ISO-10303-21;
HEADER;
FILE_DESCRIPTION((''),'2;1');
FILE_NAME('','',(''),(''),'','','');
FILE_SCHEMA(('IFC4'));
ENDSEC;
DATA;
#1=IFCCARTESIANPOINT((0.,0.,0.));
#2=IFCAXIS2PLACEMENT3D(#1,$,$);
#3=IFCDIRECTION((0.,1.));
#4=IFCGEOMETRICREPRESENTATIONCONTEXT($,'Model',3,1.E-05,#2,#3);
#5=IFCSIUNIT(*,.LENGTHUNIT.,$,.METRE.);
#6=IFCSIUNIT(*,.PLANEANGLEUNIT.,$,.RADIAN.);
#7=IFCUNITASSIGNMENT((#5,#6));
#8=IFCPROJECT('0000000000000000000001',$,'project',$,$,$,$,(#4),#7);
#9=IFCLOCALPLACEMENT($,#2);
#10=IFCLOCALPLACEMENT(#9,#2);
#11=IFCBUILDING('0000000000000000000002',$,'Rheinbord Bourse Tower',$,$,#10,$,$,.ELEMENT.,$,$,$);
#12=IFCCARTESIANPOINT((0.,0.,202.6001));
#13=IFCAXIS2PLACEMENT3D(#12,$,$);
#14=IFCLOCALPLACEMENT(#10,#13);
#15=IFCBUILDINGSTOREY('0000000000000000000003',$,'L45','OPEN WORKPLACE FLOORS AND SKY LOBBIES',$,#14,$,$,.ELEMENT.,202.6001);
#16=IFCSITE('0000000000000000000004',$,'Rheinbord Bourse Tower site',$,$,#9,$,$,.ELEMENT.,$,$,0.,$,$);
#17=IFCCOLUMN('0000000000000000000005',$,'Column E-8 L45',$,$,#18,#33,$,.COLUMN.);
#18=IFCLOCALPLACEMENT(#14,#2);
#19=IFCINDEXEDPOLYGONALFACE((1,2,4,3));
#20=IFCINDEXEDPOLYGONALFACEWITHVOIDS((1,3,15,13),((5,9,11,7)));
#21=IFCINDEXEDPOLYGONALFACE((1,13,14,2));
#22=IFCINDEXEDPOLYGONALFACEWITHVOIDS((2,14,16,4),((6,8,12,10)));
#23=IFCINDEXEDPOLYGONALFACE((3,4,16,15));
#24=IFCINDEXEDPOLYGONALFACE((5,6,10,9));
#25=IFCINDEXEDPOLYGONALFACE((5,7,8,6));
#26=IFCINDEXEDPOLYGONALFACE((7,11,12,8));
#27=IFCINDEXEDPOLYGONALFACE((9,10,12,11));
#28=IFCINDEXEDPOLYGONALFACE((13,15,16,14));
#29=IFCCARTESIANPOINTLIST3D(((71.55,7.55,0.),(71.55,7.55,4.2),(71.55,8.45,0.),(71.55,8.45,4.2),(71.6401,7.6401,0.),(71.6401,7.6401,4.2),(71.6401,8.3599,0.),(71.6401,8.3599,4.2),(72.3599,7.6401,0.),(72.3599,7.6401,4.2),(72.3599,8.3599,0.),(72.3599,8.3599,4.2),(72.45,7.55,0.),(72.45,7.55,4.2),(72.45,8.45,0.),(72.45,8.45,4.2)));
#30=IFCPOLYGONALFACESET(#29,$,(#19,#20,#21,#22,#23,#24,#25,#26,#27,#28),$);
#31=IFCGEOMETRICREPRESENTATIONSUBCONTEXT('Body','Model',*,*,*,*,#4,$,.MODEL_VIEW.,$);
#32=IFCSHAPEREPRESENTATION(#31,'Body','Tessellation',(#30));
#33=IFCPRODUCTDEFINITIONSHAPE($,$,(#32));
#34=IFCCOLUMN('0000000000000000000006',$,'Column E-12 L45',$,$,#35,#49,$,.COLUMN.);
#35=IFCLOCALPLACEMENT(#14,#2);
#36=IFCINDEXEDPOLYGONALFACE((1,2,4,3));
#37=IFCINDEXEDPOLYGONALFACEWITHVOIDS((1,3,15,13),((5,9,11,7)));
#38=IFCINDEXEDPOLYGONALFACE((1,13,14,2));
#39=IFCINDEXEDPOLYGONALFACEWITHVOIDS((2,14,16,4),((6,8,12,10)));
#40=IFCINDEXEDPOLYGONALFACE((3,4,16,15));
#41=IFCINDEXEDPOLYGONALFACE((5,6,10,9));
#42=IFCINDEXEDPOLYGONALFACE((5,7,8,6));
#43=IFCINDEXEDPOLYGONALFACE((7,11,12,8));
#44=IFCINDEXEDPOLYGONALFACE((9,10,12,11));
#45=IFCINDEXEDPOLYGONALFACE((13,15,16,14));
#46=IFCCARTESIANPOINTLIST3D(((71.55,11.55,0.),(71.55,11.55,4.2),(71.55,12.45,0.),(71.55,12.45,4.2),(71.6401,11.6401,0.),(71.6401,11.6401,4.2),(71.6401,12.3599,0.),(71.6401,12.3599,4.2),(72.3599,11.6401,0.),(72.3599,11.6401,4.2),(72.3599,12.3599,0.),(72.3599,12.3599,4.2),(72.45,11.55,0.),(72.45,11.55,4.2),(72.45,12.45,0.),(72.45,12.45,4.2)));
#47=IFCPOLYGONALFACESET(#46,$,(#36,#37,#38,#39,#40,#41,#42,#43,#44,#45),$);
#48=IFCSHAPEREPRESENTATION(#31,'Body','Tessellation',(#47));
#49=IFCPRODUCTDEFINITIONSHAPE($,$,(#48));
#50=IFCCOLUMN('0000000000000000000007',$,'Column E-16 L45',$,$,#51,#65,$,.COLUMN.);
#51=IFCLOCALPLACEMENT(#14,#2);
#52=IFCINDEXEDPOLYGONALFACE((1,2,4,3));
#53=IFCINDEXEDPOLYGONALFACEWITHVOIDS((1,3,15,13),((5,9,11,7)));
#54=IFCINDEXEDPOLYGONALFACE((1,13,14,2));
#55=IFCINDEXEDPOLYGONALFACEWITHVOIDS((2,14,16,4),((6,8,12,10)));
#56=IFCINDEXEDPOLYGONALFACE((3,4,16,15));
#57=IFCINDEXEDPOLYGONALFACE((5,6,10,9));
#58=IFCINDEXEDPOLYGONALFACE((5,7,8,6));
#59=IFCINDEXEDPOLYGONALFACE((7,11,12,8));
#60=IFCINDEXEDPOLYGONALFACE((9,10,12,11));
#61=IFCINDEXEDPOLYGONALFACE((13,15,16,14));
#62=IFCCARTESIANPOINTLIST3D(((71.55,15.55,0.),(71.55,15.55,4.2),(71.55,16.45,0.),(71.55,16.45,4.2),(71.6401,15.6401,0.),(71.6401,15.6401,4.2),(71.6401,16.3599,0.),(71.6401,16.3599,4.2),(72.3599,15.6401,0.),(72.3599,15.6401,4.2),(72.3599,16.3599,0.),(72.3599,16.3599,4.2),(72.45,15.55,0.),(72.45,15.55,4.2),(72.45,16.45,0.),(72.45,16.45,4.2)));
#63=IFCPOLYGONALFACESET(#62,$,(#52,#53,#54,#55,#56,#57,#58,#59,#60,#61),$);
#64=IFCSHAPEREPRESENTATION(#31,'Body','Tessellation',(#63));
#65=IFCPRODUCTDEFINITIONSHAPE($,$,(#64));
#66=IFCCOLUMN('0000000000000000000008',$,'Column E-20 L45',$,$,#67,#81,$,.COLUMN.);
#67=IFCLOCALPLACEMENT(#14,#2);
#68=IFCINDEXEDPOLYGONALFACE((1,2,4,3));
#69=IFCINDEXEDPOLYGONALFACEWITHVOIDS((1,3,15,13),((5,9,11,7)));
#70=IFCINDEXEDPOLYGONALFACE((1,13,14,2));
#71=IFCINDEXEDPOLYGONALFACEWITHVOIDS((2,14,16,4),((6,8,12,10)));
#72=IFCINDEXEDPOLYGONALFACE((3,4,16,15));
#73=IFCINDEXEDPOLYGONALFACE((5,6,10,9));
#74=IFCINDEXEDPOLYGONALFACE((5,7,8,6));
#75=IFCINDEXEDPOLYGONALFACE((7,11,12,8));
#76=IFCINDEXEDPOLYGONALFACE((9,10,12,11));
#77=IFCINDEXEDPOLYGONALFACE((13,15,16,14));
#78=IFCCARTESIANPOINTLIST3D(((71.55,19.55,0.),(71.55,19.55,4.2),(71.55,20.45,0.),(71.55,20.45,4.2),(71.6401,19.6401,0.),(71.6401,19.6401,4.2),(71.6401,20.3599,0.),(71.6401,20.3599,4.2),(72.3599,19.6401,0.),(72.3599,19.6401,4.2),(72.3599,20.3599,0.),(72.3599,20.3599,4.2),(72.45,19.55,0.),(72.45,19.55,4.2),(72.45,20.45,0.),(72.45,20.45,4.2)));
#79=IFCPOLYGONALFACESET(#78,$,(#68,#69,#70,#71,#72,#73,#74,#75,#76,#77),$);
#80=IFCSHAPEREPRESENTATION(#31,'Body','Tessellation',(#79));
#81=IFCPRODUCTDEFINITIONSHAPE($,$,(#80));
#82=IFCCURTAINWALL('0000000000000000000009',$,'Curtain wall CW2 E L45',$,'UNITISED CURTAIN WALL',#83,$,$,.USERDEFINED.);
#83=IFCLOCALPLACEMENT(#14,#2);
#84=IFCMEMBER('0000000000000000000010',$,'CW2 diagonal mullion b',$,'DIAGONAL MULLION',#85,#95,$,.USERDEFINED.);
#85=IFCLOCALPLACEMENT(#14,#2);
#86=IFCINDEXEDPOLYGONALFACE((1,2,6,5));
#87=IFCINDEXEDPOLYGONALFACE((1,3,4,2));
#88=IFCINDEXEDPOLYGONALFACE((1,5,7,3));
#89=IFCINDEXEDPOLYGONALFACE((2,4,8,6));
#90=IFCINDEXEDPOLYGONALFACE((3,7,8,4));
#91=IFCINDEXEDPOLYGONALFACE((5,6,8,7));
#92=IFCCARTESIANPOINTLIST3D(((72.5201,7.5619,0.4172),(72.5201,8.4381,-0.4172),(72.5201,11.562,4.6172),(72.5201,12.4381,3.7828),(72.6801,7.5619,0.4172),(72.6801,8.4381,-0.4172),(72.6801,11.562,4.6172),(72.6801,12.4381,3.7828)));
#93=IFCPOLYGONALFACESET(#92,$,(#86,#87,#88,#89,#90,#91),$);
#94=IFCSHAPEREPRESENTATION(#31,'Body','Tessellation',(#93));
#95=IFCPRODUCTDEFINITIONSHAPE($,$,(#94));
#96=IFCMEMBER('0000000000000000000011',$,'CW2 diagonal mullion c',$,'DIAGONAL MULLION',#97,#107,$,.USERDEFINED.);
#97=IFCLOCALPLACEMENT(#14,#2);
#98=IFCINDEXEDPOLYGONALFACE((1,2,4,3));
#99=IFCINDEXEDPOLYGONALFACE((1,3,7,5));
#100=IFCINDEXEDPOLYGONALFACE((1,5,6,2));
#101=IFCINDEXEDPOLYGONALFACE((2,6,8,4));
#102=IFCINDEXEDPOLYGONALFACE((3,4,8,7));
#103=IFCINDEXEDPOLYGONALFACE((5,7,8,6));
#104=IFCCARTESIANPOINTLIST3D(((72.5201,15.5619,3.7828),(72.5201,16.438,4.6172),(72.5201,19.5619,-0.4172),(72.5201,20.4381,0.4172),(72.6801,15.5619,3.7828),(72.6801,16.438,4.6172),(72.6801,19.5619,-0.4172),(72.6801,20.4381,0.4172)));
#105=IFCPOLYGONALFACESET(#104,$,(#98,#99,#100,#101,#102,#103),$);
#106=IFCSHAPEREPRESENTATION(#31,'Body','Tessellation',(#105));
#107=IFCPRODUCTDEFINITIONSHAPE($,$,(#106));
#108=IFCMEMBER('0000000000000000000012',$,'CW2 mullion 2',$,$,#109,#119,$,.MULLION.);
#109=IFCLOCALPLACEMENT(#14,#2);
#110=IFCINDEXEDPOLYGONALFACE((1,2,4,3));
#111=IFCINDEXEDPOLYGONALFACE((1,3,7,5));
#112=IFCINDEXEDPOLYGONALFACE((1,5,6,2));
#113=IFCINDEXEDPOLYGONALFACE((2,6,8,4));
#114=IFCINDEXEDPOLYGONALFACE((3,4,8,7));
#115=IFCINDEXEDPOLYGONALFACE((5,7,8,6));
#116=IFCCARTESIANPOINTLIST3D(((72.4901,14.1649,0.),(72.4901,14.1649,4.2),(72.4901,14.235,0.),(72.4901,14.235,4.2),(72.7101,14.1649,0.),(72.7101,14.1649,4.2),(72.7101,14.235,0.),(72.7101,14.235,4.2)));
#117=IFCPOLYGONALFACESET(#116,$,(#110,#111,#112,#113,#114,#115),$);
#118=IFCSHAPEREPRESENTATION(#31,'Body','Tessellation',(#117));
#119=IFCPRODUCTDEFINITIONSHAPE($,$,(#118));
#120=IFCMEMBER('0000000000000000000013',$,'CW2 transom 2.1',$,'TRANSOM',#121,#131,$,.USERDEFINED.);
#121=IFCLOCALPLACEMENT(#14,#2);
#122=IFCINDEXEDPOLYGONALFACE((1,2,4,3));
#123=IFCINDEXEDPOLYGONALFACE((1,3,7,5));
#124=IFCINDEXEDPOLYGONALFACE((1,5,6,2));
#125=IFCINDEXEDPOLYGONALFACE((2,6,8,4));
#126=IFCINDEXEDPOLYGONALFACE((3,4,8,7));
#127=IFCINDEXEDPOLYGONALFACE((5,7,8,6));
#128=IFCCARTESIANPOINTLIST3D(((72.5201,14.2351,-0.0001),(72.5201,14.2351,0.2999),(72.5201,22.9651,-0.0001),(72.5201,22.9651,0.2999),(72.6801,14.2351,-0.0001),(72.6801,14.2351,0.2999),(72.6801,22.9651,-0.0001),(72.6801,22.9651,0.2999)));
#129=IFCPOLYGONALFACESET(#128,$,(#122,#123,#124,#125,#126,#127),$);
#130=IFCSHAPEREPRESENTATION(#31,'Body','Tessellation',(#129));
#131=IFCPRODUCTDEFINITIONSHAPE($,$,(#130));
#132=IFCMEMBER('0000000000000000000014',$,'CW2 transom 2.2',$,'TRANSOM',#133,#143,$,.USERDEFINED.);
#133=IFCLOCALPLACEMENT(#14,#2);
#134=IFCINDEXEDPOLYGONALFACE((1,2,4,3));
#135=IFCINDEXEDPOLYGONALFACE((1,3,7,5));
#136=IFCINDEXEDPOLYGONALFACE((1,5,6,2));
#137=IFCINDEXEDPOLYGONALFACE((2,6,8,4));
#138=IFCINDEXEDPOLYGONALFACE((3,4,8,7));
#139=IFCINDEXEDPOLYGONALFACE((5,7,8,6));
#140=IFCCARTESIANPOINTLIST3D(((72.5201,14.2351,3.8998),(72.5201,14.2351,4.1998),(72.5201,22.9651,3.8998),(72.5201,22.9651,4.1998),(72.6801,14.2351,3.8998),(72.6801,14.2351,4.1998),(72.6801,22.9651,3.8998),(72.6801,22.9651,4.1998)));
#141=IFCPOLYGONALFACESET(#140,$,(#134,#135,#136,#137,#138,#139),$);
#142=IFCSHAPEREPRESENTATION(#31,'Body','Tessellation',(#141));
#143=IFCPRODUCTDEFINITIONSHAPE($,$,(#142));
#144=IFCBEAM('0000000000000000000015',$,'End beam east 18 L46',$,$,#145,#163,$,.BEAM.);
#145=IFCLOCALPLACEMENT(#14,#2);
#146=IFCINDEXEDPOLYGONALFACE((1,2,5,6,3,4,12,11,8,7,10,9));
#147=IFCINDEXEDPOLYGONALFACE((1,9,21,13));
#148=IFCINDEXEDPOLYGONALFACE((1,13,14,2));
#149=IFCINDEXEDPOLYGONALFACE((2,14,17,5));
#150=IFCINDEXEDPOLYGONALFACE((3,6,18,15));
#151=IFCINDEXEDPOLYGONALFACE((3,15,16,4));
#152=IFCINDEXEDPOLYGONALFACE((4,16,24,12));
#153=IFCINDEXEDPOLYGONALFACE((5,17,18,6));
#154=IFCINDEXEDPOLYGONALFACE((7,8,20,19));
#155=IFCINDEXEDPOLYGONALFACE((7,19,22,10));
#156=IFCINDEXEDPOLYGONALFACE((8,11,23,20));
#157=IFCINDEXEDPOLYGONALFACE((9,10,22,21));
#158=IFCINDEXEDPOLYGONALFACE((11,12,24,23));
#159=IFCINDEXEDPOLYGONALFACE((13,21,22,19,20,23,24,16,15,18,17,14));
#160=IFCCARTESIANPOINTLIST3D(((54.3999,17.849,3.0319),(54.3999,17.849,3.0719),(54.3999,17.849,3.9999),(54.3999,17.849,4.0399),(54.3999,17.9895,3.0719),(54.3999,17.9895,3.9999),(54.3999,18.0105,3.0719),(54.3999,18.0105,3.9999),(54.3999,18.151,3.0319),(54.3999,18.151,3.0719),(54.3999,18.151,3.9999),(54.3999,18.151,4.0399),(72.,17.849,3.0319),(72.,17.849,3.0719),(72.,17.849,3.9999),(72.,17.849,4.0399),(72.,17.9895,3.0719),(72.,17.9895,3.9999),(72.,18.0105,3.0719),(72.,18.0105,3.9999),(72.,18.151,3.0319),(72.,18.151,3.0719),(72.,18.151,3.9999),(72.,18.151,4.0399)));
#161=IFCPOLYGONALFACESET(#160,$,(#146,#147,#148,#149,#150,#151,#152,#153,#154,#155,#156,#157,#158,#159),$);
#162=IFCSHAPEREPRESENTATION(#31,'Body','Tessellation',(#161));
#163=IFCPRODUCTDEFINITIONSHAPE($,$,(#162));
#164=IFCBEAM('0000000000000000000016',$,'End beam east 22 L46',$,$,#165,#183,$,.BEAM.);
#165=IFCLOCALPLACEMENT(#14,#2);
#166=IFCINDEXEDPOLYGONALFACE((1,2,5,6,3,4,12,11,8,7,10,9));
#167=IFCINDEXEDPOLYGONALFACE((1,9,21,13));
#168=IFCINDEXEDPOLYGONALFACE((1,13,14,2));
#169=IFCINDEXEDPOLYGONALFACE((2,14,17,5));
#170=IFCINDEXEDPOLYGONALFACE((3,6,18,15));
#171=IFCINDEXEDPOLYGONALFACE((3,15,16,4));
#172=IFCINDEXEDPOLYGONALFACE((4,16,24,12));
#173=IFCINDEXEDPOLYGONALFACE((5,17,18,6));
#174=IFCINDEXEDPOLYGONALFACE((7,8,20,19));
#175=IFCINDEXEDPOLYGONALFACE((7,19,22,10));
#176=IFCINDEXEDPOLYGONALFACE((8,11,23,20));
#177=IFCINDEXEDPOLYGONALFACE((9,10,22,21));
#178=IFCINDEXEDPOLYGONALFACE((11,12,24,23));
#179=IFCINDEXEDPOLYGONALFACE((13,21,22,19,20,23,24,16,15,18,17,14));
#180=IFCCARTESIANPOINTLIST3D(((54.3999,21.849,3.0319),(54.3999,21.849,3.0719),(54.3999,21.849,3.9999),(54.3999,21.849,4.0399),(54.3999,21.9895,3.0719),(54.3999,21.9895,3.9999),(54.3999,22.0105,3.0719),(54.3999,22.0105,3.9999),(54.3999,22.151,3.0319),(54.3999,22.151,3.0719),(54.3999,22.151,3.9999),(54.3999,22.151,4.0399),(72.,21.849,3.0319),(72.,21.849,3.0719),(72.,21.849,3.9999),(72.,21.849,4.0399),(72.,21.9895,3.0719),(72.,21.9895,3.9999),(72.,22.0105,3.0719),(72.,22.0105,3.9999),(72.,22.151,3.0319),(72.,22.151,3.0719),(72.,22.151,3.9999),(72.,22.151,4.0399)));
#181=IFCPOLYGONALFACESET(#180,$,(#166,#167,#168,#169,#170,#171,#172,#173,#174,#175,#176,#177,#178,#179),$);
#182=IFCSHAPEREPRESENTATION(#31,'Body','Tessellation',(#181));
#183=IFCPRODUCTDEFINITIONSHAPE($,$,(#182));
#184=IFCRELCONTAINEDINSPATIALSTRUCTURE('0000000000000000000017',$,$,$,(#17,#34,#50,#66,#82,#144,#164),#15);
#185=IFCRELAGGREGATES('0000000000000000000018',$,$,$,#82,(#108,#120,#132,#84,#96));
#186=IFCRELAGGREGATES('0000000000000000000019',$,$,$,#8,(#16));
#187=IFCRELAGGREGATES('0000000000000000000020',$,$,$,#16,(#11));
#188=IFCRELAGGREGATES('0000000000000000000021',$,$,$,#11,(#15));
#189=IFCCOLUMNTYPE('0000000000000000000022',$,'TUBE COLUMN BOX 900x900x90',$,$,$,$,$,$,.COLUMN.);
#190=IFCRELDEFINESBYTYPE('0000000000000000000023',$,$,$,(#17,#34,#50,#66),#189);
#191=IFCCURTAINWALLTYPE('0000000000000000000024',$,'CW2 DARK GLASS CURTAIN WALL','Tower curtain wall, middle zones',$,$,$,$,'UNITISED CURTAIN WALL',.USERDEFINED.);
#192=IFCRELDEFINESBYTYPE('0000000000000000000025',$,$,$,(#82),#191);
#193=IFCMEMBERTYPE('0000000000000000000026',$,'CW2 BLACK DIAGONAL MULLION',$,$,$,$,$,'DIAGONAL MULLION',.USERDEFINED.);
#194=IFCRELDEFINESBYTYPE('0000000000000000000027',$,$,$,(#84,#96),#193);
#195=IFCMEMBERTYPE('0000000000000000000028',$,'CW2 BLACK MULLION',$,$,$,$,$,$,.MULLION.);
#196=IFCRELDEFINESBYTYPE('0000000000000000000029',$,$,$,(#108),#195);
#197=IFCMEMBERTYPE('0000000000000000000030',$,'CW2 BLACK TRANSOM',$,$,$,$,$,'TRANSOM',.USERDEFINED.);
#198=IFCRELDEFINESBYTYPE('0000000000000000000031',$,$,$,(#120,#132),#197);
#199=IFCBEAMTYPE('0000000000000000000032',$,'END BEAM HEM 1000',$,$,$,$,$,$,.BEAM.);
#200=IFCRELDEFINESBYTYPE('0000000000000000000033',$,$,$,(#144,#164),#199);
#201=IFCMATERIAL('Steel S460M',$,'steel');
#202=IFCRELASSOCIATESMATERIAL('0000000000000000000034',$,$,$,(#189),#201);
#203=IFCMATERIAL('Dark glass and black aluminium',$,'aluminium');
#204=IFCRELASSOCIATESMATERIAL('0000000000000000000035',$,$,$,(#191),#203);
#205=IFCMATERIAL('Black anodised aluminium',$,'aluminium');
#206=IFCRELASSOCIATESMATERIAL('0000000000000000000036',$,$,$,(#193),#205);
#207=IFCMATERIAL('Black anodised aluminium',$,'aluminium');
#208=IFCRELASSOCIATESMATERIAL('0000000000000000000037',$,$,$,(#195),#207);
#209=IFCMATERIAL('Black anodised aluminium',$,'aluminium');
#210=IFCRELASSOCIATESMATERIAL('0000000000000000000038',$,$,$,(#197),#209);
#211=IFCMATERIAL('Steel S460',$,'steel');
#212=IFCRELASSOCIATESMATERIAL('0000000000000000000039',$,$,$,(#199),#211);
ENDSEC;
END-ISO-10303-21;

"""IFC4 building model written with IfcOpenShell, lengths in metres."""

from ifc_helpers import new_model, si_unit, direction, frame, origin, origin_2d, place, context, subcontext, project, spatial, rectangle, hollow_rectangle, i_section, extrude, material, material_profile, profile_set, type_object, element, aggregate, save


model = new_model("IFC4")

# Units and contexts
model_context = context("Model", 3, precision=1e-05, world=origin(), true_north=direction((0.0, 1.0)))
body_context = subcontext(model_context, "Body", "Model", "MODEL_VIEW")
ifc_project = project(units=[si_unit("LENGTHUNIT", "METRE"), si_unit("PLANEANGLEUNIT", "RADIAN")], contexts=[model_context])

# Site, building, storey
site_placement = place(None, origin())
site = spatial("IfcSite", under=ifc_project, at=site_placement, Name="Rheinbord Bourse Tower site", CompositionType="ELEMENT", RefElevation=0.0)
building_placement = place(site_placement, origin())
building = spatial("IfcBuilding", under=site, at=building_placement, Name="Rheinbord Bourse Tower", CompositionType="ELEMENT")
storey_placement = place(building_placement, frame((0.0, 0.0, 202.6001)))
storey = spatial("IfcBuildingStorey", under=building, at=storey_placement, Name="L45", Description="OPEN WORKPLACE FLOORS AND SKY LOBBIES", CompositionType="ELEMENT", Elevation=202.6001)

# Columns
ifc_material_1 = material(Name="Steel S460M", Category="steel")
ifc_material_profile_1 = material_profile(ifc_material_1, hollow_rectangle(XDim=0.8999, YDim=0.8999, WallThickness=0.0901, at=origin_2d()), Name="BOX 900x900x90")
ifc_profile_set_1 = profile_set([ifc_material_profile_1], Name="Steel S460M")
column_type = type_object("IfcColumnType", Name="TUBE COLUMN BOX 900x900x90", PredefinedType="COLUMN", material=ifc_profile_set_1)
for number, where, z_axis, x_axis, name in (
    (1, (72.0, 8.0, 0.0), (0.0, 0.0, 1.0), (1.0, 0.0, 0.0), "Column E-8 L45"),
    (2, (72.0, 12.0, 0.0), (0.0, 0.0, 1.0), (1.0, 0.0, 0.0), "Column E-12 L45"),
    (3, (72.0, 16.0, 0.0), (0.0, 0.0, 1.0), (1.0, 0.0, 0.0), "Column E-16 L45"),
    (4, (72.0, 20.0, 0.0), (0.0, 0.0, 1.0), (1.0, 0.0, 0.0), "Column E-20 L45"),
):
    element("IfcColumn", number, at=place(storey_placement, frame(where, z_axis=z_axis, x_axis=x_axis)), inside=storey, type_object=column_type, Name=name, PredefinedType="COLUMN", context=body_context, shape_type="SweptSolid", body=[
        extrude(hollow_rectangle(XDim=0.8999, YDim=0.8999, WallThickness=0.0901, at=origin_2d()), origin(), (0.0, 0.0, 1.0), 4.2),
    ])

# Curtain wall, members
ifc_material_2 = material(Name="Dark glass and black aluminium", Category="aluminium")
curtain_wall_type = type_object("IfcCurtainWallType", Name="CW2 DARK GLASS CURTAIN WALL", Description="Tower curtain wall, middle zones", ElementType="UNITISED CURTAIN WALL", PredefinedType="USERDEFINED", material=ifc_material_2)
curtain_wall_placement = place(storey_placement, origin())
curtain_wall = element("IfcCurtainWall", 5, at=curtain_wall_placement, inside=storey, type_object=curtain_wall_type, Name="Curtain wall CW2 E L45", ObjectType="UNITISED CURTAIN WALL", PredefinedType="USERDEFINED")
ifc_material_3 = material(Name="Black anodised aluminium", Category="aluminium")
ifc_material_profile_2 = material_profile(ifc_material_3, rectangle(XDim=0.1599, YDim=1.21, at=origin_2d()), Name="CW2 DIAGONAL MULLION 1210x160")
ifc_profile_set_2 = profile_set([ifc_material_profile_2], Name="Black anodised aluminium")
member_type_1 = type_object("IfcMemberType", Name="CW2 BLACK DIAGONAL MULLION", ElementType="DIAGONAL MULLION", PredefinedType="USERDEFINED", material=ifc_profile_set_2)
member_1_placement = place(storey_placement, frame((72.6001, 8.0, 0.0), z_axis=(0.0, 0.689659, 0.724134), x_axis=(-1.0, 0.0, 0.0)))
member_1 = element("IfcMember", 6, at=member_1_placement, type_object=member_type_1, Name="CW2 diagonal mullion b", ObjectType="DIAGONAL MULLION", PredefinedType="USERDEFINED", context=body_context, shape_type="SweptSolid", body=[
    extrude(rectangle(XDim=0.1599, YDim=1.21, at=origin_2d()), origin(), (0.0, 0.0, 1.0), 5.8),
])
member_2_placement = place(storey_placement, frame((72.6001, 20.0, 0.0), z_axis=(0.0, -0.689659, 0.724134), x_axis=(1.0, 0.0, 0.0)))
member_2 = element("IfcMember", 7, at=member_2_placement, type_object=member_type_1, Name="CW2 diagonal mullion c", ObjectType="DIAGONAL MULLION", PredefinedType="USERDEFINED", context=body_context, shape_type="SweptSolid", body=[
    extrude(rectangle(XDim=0.1599, YDim=1.21, at=origin_2d()), origin(), (0.0, 0.0, 1.0), 5.8),
])
ifc_material_4 = material(Name="Black anodised aluminium", Category="aluminium")
ifc_material_profile_3 = material_profile(ifc_material_4, rectangle(XDim=0.22, YDim=0.0701, at=origin_2d()), Name="CW2 MULLION 70x220")
ifc_profile_set_3 = profile_set([ifc_material_profile_3], Name="Black anodised aluminium")
member_type_2 = type_object("IfcMemberType", Name="CW2 BLACK MULLION", PredefinedType="MULLION", material=ifc_profile_set_3)
member_3_placement = place(storey_placement, frame((72.6001, 14.2, 0.0), z_axis=(0.0, 0.0, 1.0), x_axis=(-1.0, 0.0, 0.0)))
member_3 = element("IfcMember", 8, at=member_3_placement, type_object=member_type_2, Name="CW2 mullion 2", PredefinedType="MULLION", context=body_context, shape_type="SweptSolid", body=[
    extrude(rectangle(XDim=0.22, YDim=0.0701, at=origin_2d()), origin(), (0.0, 0.0, 1.0), 4.2),
])
ifc_material_5 = material(Name="Black anodised aluminium", Category="aluminium")
ifc_material_profile_4 = material_profile(ifc_material_5, rectangle(XDim=0.1599, YDim=0.3, at=origin_2d()), Name="CW2 TRANSOM 300x160")
ifc_profile_set_4 = profile_set([ifc_material_profile_4], Name="Black anodised aluminium")
member_type_3 = type_object("IfcMemberType", Name="CW2 BLACK TRANSOM", ElementType="TRANSOM", PredefinedType="USERDEFINED", material=ifc_profile_set_4)
member_4_placement = place(storey_placement, frame((72.6001, 14.2351, 0.1499), z_axis=(0.0, 1.0, 0.0), x_axis=(-1.0, 0.0, 0.0)))
member_4 = element("IfcMember", 9, at=member_4_placement, type_object=member_type_3, Name="CW2 transom 2.1", ObjectType="TRANSOM", PredefinedType="USERDEFINED", context=body_context, shape_type="SweptSolid", body=[
    extrude(rectangle(XDim=0.1599, YDim=0.3, at=origin_2d()), origin(), (0.0, 0.0, 1.0), 8.73),
])
member_5_placement = place(storey_placement, frame((72.6001, 14.2351, 4.0498), z_axis=(0.0, 1.0, 0.0), x_axis=(-1.0, 0.0, 0.0)))
member_5 = element("IfcMember", 10, at=member_5_placement, type_object=member_type_3, Name="CW2 transom 2.2", ObjectType="TRANSOM", PredefinedType="USERDEFINED", context=body_context, shape_type="SweptSolid", body=[
    extrude(rectangle(XDim=0.1599, YDim=0.3, at=origin_2d()), origin(), (0.0, 0.0, 1.0), 8.73),
])

# Beams
ifc_material_6 = material(Name="Steel S460", Category="steel")
ifc_material_profile_5 = material_profile(ifc_material_6, i_section(OverallWidth=0.302, OverallDepth=1.0081, WebThickness=0.021, FlangeThickness=0.04, at=origin_2d()), Name="HEM 1000")
ifc_profile_set_5 = profile_set([ifc_material_profile_5], Name="Steel S460")
beam_type_1 = type_object("IfcBeamType", Name="END BEAM HEM 1000", PredefinedType="BEAM", material=ifc_profile_set_5)
for number, where, z_axis, x_axis, name in (
    (11, (54.3999, 18.0, 3.5359), (1.0, 0.0, 0.0), (0.0, 1.0, 0.0), "End beam east 18 L46"),
    (12, (54.3999, 22.0, 3.5359), (1.0, 0.0, 0.0), (0.0, 1.0, 0.0), "End beam east 22 L46"),
):
    element("IfcBeam", number, at=place(storey_placement, frame(where, z_axis=z_axis, x_axis=x_axis)), inside=storey, type_object=beam_type_1, Name=name, PredefinedType="BEAM", context=body_context, shape_type="SweptSolid", body=[
        extrude(i_section(OverallWidth=0.302, OverallDepth=1.0081, WebThickness=0.021, FlangeThickness=0.04, at=origin_2d()), origin(), (0.0, 0.0, 1.0), 17.6001),
    ])

aggregate(curtain_wall, [member_3, member_4, member_5, member_1, member_2])

save(model, "model.ifc")
